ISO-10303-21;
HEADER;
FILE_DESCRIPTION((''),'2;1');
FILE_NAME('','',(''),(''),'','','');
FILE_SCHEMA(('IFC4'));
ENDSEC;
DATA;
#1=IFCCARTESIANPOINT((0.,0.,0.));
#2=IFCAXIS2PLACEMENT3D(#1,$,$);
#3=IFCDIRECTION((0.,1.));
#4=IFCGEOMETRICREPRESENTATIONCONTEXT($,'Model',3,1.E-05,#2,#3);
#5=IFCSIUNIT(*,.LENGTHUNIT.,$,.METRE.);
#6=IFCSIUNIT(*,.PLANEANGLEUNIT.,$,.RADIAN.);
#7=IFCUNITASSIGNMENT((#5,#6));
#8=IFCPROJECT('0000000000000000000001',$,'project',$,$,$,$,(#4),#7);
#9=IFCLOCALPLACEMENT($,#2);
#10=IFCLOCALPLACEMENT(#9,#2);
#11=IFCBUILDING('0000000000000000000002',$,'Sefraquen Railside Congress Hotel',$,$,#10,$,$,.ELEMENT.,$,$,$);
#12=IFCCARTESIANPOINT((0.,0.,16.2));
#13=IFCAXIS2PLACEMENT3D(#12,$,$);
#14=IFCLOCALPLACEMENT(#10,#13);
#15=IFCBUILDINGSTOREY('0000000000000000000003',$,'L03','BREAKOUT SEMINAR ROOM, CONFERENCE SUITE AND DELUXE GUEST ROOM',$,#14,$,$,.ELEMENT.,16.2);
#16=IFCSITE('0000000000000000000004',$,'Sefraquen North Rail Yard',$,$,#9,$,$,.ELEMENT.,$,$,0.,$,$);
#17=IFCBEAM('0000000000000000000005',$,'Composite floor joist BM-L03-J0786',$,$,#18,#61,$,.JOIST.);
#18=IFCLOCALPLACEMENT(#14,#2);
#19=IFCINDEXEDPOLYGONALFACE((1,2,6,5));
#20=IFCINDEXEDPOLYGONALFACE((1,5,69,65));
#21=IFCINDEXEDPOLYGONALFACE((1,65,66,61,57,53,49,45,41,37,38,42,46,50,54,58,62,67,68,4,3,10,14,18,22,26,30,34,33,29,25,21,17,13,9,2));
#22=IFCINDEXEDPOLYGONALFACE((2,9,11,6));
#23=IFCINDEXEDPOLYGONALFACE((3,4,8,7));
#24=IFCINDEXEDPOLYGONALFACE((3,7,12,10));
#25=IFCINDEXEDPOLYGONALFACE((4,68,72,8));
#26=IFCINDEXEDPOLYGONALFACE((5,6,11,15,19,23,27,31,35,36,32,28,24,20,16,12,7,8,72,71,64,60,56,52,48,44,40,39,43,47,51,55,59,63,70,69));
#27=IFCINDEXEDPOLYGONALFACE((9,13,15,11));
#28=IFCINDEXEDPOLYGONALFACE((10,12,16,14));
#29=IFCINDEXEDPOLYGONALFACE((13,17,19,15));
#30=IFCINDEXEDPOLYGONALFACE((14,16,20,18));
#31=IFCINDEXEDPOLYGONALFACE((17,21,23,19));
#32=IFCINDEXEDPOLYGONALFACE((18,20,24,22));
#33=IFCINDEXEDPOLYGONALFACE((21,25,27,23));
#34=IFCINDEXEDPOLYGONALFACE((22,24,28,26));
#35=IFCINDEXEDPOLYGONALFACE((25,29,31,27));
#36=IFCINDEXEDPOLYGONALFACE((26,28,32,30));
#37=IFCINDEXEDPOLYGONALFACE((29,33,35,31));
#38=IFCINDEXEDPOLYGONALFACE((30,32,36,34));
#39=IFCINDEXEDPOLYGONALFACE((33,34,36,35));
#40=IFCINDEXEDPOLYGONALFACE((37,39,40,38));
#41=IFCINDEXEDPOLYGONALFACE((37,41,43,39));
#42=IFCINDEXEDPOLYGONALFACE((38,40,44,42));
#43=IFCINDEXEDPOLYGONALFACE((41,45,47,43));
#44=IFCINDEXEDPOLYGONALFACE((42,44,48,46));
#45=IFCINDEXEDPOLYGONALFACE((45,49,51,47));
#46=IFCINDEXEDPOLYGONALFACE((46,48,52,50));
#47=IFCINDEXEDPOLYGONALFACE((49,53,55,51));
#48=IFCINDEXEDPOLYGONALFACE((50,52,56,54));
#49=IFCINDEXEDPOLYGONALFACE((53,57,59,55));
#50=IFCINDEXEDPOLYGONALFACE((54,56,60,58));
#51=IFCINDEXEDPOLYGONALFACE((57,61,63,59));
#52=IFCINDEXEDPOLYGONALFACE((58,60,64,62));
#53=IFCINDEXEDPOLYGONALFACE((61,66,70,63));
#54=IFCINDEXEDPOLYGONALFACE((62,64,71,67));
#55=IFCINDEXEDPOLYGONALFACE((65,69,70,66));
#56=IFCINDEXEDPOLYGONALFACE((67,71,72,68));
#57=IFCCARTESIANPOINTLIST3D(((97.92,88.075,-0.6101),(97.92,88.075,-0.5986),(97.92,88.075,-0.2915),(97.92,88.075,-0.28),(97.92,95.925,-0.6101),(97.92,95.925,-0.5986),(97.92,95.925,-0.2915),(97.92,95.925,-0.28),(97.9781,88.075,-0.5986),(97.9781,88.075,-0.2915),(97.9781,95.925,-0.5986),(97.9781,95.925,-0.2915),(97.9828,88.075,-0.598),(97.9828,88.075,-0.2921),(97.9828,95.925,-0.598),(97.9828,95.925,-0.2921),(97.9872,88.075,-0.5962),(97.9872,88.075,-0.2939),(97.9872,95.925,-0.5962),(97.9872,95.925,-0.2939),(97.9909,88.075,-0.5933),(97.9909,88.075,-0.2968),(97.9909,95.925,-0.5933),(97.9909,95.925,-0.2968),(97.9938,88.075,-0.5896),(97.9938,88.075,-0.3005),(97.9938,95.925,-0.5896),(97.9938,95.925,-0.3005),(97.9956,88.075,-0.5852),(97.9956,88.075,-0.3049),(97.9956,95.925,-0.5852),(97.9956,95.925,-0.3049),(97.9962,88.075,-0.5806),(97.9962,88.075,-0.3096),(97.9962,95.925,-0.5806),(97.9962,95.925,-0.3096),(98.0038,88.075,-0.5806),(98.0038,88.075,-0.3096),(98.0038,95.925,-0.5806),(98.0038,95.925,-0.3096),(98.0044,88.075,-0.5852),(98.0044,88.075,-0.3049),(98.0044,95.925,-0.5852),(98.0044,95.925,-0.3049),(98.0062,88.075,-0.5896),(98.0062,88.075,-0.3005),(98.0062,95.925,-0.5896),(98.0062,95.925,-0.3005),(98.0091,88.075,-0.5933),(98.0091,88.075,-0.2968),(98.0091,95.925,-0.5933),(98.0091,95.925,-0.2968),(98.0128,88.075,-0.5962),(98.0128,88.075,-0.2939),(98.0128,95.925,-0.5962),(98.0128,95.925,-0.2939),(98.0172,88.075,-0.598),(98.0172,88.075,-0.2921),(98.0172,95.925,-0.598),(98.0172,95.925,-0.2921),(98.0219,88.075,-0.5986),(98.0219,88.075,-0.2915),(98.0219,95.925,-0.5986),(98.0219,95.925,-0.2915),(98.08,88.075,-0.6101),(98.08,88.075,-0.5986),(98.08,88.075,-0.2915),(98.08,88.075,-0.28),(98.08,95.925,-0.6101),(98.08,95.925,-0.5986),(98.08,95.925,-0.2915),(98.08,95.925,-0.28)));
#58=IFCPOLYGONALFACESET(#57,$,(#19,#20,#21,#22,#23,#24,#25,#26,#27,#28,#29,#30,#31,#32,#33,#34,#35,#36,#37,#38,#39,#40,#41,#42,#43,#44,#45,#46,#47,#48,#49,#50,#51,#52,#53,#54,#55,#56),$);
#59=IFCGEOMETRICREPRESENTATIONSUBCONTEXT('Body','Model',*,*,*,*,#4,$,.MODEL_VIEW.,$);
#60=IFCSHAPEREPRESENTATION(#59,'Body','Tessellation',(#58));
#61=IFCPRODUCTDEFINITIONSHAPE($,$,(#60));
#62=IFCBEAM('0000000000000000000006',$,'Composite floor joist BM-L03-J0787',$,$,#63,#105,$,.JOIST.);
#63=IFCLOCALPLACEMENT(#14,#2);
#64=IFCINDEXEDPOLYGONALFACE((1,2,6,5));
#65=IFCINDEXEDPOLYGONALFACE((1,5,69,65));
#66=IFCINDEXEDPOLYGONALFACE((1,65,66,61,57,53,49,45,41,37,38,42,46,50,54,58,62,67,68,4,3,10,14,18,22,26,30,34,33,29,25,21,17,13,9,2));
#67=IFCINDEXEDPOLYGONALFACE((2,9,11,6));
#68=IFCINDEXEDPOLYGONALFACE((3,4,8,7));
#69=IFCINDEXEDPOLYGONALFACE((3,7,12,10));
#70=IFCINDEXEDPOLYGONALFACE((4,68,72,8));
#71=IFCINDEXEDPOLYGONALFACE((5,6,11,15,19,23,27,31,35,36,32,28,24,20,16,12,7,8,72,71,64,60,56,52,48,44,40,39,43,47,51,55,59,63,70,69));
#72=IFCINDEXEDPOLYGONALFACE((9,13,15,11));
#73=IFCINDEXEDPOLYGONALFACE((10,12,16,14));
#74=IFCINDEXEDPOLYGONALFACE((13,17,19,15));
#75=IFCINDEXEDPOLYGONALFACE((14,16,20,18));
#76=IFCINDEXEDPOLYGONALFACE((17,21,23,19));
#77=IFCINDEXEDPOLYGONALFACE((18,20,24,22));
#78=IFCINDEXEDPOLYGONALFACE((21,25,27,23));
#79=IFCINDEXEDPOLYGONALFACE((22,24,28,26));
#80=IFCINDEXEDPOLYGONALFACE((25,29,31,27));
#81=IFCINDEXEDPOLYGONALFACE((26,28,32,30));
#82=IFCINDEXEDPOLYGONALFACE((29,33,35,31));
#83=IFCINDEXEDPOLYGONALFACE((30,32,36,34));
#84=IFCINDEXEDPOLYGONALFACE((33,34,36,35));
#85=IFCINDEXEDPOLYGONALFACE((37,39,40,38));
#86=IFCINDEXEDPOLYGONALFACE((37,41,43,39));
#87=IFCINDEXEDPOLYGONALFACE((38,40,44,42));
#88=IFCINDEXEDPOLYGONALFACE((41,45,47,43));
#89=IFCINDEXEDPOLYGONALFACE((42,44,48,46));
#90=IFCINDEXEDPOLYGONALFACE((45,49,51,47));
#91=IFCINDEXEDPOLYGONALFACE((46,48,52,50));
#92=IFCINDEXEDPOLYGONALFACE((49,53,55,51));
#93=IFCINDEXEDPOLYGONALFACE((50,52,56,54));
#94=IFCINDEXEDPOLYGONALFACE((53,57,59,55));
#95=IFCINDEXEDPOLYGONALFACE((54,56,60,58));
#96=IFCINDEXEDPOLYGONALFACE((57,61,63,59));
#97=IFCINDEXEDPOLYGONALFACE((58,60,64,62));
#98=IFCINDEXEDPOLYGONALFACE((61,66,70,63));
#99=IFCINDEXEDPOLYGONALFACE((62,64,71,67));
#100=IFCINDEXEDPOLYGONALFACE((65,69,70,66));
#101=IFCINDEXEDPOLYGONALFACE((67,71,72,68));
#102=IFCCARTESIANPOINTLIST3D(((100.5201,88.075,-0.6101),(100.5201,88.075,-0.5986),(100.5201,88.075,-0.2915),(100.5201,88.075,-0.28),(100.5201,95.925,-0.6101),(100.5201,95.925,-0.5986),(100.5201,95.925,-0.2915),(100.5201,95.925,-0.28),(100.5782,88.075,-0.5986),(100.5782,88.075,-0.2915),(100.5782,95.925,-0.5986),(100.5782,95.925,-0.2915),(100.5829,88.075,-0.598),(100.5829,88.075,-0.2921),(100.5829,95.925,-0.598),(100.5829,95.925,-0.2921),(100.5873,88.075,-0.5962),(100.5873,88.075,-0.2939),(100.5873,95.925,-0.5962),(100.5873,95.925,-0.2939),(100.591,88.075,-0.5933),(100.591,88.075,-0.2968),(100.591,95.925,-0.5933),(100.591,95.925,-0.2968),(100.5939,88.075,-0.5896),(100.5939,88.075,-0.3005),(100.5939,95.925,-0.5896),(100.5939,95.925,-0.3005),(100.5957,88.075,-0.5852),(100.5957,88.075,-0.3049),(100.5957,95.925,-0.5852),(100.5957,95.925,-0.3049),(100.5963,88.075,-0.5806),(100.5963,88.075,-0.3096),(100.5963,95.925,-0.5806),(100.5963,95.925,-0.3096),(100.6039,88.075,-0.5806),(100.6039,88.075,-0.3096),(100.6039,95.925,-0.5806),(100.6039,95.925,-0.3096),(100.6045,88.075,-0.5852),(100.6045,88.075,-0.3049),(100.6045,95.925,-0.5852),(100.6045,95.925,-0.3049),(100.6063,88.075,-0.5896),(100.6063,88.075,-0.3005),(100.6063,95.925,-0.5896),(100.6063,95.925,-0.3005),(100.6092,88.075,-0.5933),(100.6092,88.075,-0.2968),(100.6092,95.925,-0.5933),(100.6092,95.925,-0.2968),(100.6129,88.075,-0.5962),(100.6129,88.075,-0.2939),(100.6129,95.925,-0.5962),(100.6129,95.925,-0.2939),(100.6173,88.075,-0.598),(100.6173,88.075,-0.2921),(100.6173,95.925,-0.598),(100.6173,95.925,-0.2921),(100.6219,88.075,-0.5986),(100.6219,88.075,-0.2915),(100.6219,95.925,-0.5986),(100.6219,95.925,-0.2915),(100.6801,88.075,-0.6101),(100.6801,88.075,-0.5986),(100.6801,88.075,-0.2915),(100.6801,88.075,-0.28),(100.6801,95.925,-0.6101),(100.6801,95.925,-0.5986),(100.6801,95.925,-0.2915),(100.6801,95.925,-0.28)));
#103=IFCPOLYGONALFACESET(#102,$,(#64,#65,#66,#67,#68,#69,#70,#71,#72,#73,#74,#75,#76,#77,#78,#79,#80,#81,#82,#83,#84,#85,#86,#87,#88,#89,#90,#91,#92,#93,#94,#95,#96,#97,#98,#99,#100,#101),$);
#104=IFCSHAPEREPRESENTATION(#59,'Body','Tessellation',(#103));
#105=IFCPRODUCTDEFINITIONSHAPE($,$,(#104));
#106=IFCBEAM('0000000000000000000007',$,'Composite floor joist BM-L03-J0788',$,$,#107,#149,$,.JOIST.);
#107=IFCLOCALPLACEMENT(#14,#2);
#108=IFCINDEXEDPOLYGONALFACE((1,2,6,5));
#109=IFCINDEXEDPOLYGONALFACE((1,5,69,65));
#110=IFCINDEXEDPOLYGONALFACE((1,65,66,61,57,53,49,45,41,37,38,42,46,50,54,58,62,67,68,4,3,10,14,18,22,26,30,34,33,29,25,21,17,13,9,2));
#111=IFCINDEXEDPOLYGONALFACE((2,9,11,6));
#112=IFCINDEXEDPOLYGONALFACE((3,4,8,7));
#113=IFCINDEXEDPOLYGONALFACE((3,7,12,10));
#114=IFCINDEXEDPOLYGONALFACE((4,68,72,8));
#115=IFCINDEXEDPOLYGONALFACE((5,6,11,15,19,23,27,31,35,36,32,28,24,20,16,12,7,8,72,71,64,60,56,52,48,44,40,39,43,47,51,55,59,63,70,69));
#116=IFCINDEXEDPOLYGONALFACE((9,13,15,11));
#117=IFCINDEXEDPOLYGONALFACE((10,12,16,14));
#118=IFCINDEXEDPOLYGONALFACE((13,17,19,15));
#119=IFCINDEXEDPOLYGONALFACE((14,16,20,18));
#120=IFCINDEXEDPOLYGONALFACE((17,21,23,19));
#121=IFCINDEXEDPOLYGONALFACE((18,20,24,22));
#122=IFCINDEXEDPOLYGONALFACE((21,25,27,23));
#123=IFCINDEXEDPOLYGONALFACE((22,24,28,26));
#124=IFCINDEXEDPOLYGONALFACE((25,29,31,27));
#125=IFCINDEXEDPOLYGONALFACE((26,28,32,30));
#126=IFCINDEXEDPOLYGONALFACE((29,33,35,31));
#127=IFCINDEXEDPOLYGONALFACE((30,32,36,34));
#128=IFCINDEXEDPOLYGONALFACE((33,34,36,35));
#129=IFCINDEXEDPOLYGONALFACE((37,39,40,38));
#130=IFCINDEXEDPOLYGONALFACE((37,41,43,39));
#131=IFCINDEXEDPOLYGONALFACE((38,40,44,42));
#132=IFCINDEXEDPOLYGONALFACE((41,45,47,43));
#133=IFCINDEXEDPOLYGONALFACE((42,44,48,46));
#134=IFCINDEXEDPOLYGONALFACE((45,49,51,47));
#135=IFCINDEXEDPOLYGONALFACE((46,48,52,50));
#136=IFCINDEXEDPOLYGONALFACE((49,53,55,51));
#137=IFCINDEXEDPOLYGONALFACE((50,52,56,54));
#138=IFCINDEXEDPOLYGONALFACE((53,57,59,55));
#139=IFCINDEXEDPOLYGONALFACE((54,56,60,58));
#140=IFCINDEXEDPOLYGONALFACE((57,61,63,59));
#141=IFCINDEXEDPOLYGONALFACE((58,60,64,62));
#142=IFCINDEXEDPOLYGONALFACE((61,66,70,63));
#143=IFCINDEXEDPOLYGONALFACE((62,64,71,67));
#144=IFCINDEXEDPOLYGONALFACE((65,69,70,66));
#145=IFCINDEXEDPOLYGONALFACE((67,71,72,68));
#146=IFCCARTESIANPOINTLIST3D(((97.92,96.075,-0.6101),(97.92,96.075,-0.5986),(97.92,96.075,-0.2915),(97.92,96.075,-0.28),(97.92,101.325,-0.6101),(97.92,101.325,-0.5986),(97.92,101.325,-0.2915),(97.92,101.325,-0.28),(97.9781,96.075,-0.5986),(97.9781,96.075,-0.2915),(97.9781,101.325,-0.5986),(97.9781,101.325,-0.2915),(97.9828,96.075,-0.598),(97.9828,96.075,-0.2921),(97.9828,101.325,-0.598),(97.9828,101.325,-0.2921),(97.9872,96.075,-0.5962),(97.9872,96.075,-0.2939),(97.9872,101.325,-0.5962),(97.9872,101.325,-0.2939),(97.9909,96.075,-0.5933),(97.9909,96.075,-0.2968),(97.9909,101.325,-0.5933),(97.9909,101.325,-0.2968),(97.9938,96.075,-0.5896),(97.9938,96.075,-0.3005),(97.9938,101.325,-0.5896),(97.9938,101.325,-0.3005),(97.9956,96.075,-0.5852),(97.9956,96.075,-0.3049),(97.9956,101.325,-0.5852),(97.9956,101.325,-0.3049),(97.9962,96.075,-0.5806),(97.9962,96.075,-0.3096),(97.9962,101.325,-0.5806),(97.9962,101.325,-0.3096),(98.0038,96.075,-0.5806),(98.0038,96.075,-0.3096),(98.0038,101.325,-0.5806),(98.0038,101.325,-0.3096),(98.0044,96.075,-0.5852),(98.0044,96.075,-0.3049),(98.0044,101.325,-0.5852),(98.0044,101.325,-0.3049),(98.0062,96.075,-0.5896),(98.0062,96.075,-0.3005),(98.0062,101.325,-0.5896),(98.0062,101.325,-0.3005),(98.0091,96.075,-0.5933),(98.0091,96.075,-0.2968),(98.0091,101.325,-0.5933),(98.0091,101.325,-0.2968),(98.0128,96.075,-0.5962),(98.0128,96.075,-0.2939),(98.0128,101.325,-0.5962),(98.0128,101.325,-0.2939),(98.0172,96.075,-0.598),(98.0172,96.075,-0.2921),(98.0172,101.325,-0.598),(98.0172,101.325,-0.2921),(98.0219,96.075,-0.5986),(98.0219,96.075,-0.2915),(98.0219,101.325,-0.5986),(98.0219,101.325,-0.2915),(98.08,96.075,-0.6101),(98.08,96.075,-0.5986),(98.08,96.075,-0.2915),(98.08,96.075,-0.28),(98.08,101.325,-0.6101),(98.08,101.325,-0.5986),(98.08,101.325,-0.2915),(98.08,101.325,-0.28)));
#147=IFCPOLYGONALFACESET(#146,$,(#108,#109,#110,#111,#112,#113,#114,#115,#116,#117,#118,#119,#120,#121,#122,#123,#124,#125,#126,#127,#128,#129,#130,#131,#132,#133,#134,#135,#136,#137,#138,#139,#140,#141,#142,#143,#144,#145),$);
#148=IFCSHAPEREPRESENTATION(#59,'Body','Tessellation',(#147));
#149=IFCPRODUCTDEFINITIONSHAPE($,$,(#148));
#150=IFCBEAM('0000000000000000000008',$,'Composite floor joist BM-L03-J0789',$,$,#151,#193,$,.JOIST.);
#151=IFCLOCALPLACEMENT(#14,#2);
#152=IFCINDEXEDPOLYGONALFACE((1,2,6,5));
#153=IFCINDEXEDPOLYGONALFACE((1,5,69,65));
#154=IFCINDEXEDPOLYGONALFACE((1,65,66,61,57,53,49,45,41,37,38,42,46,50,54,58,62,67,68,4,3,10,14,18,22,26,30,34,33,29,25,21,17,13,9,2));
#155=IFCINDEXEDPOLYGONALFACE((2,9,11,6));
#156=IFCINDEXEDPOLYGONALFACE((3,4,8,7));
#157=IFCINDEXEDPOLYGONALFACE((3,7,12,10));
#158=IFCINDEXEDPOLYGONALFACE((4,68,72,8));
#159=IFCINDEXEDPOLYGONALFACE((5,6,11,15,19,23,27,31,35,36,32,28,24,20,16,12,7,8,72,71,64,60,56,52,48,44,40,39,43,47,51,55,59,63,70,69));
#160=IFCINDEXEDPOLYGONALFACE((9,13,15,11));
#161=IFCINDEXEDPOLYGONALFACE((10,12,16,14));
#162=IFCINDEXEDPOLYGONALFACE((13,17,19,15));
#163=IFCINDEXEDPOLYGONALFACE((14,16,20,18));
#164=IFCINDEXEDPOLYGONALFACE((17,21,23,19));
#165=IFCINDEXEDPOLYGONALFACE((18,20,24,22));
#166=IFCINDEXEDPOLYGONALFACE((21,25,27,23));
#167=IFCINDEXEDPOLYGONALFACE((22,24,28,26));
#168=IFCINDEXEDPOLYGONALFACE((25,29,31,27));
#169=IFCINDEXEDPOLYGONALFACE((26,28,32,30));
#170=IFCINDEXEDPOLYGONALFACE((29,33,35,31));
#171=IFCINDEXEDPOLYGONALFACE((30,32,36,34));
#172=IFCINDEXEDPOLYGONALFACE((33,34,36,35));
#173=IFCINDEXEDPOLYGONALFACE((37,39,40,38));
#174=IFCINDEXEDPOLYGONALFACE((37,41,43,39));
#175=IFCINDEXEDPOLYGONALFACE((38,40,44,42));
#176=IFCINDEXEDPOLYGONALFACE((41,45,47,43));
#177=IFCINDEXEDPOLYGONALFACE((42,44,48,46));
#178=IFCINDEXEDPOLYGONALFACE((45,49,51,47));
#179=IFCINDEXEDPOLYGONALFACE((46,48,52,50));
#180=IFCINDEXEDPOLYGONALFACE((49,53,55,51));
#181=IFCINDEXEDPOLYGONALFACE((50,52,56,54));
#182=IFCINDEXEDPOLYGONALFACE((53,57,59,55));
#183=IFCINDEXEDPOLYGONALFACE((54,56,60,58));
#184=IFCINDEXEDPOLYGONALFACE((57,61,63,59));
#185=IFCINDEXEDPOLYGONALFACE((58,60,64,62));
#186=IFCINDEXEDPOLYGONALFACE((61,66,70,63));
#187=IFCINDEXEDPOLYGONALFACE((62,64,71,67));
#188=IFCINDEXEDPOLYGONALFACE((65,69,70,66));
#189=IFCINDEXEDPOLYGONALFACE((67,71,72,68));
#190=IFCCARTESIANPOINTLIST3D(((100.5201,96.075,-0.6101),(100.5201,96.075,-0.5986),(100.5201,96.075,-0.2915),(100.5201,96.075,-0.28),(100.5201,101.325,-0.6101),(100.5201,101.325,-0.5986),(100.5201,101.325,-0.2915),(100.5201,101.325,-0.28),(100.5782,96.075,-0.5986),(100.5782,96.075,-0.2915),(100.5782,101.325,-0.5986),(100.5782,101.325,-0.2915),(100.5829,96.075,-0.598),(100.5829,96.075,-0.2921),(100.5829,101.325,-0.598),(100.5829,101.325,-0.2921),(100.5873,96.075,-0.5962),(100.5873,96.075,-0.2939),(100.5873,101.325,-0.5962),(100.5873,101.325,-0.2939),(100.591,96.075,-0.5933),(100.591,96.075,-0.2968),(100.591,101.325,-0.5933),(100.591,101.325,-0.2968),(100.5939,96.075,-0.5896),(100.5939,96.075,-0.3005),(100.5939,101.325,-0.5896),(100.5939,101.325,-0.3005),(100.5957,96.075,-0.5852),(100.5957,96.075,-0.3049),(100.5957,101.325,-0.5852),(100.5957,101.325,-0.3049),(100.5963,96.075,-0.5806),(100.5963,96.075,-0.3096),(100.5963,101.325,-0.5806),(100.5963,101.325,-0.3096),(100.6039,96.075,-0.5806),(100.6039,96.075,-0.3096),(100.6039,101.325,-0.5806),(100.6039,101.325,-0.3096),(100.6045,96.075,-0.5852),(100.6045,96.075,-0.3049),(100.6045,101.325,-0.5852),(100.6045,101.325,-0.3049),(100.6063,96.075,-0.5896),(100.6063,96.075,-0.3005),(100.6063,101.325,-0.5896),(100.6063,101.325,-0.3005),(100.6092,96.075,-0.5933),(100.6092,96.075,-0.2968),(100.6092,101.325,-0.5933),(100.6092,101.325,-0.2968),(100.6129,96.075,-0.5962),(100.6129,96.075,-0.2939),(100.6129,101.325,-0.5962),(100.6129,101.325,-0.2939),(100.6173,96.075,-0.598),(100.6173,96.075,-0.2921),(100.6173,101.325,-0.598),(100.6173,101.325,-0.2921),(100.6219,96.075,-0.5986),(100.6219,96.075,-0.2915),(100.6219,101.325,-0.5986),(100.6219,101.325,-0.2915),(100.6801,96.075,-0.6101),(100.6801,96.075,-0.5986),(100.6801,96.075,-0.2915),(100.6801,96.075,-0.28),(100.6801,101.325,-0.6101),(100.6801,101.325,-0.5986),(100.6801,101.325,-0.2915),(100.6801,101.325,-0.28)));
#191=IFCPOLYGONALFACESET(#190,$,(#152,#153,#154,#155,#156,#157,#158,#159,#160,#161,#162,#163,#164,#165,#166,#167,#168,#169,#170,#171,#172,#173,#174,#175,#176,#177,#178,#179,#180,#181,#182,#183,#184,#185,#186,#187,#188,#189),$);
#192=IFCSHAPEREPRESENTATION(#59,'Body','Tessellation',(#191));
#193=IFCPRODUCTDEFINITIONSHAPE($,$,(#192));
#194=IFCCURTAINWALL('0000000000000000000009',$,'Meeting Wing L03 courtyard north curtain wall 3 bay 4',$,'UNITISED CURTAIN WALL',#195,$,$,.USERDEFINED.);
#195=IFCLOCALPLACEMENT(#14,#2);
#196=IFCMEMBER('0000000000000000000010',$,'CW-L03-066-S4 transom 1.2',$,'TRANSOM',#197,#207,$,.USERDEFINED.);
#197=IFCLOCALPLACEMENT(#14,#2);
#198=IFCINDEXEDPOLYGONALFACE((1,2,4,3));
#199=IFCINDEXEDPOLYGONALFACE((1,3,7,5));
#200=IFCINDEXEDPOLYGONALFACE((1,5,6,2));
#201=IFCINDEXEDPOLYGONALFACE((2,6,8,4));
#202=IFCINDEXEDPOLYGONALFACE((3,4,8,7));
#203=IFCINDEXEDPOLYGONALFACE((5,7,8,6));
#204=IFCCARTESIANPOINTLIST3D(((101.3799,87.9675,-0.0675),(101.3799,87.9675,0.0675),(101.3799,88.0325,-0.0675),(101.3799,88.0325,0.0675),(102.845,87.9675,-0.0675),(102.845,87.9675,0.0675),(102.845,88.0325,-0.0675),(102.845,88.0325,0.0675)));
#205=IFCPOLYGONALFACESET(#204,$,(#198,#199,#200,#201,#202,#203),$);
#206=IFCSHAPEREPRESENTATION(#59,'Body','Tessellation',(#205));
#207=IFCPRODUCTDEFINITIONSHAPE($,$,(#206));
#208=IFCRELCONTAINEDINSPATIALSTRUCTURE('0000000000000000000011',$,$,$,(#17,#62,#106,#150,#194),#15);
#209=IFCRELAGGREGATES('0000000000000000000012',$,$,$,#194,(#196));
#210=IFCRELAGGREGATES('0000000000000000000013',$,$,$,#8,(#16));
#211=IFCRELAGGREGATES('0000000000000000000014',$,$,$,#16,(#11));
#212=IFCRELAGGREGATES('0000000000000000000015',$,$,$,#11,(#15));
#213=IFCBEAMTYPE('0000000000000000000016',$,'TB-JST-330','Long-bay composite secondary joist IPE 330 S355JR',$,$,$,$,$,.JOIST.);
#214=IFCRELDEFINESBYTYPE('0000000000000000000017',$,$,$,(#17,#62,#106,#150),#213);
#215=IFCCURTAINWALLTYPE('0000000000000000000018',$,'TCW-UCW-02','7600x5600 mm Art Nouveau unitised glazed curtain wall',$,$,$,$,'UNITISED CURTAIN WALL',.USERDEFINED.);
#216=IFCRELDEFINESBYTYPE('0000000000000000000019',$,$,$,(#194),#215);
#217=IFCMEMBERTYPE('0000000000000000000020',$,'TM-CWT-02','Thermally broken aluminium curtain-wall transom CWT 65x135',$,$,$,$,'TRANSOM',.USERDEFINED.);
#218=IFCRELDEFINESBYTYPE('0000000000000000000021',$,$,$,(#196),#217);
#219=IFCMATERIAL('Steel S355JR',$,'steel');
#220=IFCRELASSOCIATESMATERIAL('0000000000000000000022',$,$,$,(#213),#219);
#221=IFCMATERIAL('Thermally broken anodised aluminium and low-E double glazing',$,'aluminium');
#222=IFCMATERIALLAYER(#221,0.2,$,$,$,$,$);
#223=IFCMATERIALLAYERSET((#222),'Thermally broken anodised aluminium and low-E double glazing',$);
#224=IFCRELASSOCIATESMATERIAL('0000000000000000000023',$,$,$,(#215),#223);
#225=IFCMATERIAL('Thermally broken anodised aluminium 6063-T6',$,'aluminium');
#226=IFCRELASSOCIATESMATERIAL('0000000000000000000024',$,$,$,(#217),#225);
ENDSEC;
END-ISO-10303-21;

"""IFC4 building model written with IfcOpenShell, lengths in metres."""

from ifc_helpers import new_model, si_unit, direction, frame, origin, origin_2d, place, context, subcontext, project, spatial, rectangle, i_section, extrude, material, layer, layer_set, material_profile, profile_set, type_object, element, aggregate, save


model = new_model("IFC4")

# Units and contexts
model_context = context("Model", 3, precision=1e-05, world=origin(), true_north=direction((0.0, 1.0)))
body_context = subcontext(model_context, "Body", "Model", "MODEL_VIEW")
ifc_project = project(units=[si_unit("LENGTHUNIT", "METRE"), si_unit("PLANEANGLEUNIT", "RADIAN")], contexts=[model_context])

# Site, building, storey
site_placement = place(None, origin())
site = spatial("IfcSite", under=ifc_project, at=site_placement, Name="Sefraquen North Rail Yard", CompositionType="ELEMENT", RefElevation=0.0)
building_placement = place(site_placement, origin())
building = spatial("IfcBuilding", under=site, at=building_placement, Name="Sefraquen Railside Congress Hotel", CompositionType="ELEMENT")
storey_placement = place(building_placement, frame((0.0, 0.0, 16.2)))
storey = spatial("IfcBuildingStorey", under=building, at=storey_placement, Name="L03", Description="BREAKOUT SEMINAR ROOM, CONFERENCE SUITE AND DELUXE GUEST ROOM", CompositionType="ELEMENT", Elevation=16.2)

# Shared definitions
ifc_material_1 = material(Name="Steel S355JR", Category="steel")

# Beams
ifc_material_profile_1 = material_profile(ifc_material_1, i_section(OverallWidth=0.1599, OverallDepth=0.3301, WebThickness=0.0076, FlangeThickness=0.0115, FilletRadius=0.0181, at=origin_2d()), Name="IPE 330")
ifc_profile_set_1 = profile_set([ifc_material_profile_1], Name="Steel S355JR")
beam_type_1 = type_object("IfcBeamType", Name="TB-JST-330", Description="Long-bay composite secondary joist IPE 330 S355JR", PredefinedType="JOIST", material=ifc_profile_set_1)
for number, where, z_axis, x_axis, name in (
    (1, (98.0, 88.075, -0.4451), (0.0, 1.0, 0.0), (-1.0, 0.0, 0.0), "Composite floor joist BM-L03-J0786"),
    (2, (100.6001, 88.075, -0.4451), (0.0, 1.0, 0.0), (-1.0, 0.0, 0.0), "Composite floor joist BM-L03-J0787"),
):
    element("IfcBeam", number, at=place(storey_placement, frame(where, z_axis=z_axis, x_axis=x_axis)), inside=storey, type_object=beam_type_1, Name=name, PredefinedType="JOIST", context=body_context, shape_type="SweptSolid", body=[
        extrude(i_section(OverallWidth=0.1599, OverallDepth=0.3301, WebThickness=0.0076, FlangeThickness=0.0115, FilletRadius=0.0181, at=origin_2d()), origin(), (0.0, 0.0, 1.0), 7.8501),
    ])
for number, where, z_axis, x_axis, name in (
    (3, (98.0, 96.075, -0.4451), (0.0, 1.0, 0.0), (-1.0, 0.0, 0.0), "Composite floor joist BM-L03-J0788"),
    (4, (100.6001, 96.075, -0.4451), (0.0, 1.0, 0.0), (-1.0, 0.0, 0.0), "Composite floor joist BM-L03-J0789"),
):
    element("IfcBeam", number, at=place(storey_placement, frame(where, z_axis=z_axis, x_axis=x_axis)), inside=storey, type_object=beam_type_1, Name=name, PredefinedType="JOIST", context=body_context, shape_type="SweptSolid", body=[
        extrude(i_section(OverallWidth=0.1599, OverallDepth=0.3301, WebThickness=0.0076, FlangeThickness=0.0115, FilletRadius=0.0181, at=origin_2d()), origin(), (0.0, 0.0, 1.0), 5.25),
    ])

# Curtain wall, member
ifc_material_2 = material(Name="Thermally broken anodised aluminium and low-E double glazing", Category="aluminium")
ifc_layer_1 = layer(ifc_material_2, 0.2)
ifc_layer_set_1 = layer_set([ifc_layer_1], Name="Thermally broken anodised aluminium and low-E double glazing")
curtain_wall_type = type_object("IfcCurtainWallType", Name="TCW-UCW-02", Description="7600x5600 mm Art Nouveau unitised glazed curtain wall", ElementType="UNITISED CURTAIN WALL", PredefinedType="USERDEFINED", material=ifc_layer_set_1)
curtain_wall_placement = place(storey_placement, origin())
curtain_wall = element("IfcCurtainWall", 5, at=curtain_wall_placement, inside=storey, type_object=curtain_wall_type, Name="Meeting Wing L03 courtyard north curtain wall 3 bay 4", ObjectType="UNITISED CURTAIN WALL", PredefinedType="USERDEFINED")
ifc_material_3 = material(Name="Thermally broken anodised aluminium 6063-T6", Category="aluminium")
ifc_material_profile_2 = material_profile(ifc_material_3, rectangle(XDim=0.0649, YDim=0.135, at=origin_2d()), Name="CWT 65x135")
ifc_profile_set_2 = profile_set([ifc_material_profile_2], Name="Thermally broken anodised aluminium 6063-T6")
member_type = type_object("IfcMemberType", Name="TM-CWT-02", Description="Thermally broken aluminium curtain-wall transom CWT 65x135", ElementType="TRANSOM", PredefinedType="USERDEFINED", material=ifc_profile_set_2)
member_1_placement = place(storey_placement, frame((101.3799, 88.0, 0.0), z_axis=(1.0, 0.0, 0.0), x_axis=(0.0, 1.0, 0.0)))
member_1 = element("IfcMember", 6, at=member_1_placement, type_object=member_type, Name="CW-L03-066-S4 transom 1.2", ObjectType="TRANSOM", PredefinedType="USERDEFINED", context=body_context, shape_type="SweptSolid", body=[
    extrude(rectangle(XDim=0.0649, YDim=0.135, at=origin_2d()), origin(), (0.0, 0.0, 1.0), 1.4651),
])
aggregate(curtain_wall, [member_1])

save(model, "model.ifc")
